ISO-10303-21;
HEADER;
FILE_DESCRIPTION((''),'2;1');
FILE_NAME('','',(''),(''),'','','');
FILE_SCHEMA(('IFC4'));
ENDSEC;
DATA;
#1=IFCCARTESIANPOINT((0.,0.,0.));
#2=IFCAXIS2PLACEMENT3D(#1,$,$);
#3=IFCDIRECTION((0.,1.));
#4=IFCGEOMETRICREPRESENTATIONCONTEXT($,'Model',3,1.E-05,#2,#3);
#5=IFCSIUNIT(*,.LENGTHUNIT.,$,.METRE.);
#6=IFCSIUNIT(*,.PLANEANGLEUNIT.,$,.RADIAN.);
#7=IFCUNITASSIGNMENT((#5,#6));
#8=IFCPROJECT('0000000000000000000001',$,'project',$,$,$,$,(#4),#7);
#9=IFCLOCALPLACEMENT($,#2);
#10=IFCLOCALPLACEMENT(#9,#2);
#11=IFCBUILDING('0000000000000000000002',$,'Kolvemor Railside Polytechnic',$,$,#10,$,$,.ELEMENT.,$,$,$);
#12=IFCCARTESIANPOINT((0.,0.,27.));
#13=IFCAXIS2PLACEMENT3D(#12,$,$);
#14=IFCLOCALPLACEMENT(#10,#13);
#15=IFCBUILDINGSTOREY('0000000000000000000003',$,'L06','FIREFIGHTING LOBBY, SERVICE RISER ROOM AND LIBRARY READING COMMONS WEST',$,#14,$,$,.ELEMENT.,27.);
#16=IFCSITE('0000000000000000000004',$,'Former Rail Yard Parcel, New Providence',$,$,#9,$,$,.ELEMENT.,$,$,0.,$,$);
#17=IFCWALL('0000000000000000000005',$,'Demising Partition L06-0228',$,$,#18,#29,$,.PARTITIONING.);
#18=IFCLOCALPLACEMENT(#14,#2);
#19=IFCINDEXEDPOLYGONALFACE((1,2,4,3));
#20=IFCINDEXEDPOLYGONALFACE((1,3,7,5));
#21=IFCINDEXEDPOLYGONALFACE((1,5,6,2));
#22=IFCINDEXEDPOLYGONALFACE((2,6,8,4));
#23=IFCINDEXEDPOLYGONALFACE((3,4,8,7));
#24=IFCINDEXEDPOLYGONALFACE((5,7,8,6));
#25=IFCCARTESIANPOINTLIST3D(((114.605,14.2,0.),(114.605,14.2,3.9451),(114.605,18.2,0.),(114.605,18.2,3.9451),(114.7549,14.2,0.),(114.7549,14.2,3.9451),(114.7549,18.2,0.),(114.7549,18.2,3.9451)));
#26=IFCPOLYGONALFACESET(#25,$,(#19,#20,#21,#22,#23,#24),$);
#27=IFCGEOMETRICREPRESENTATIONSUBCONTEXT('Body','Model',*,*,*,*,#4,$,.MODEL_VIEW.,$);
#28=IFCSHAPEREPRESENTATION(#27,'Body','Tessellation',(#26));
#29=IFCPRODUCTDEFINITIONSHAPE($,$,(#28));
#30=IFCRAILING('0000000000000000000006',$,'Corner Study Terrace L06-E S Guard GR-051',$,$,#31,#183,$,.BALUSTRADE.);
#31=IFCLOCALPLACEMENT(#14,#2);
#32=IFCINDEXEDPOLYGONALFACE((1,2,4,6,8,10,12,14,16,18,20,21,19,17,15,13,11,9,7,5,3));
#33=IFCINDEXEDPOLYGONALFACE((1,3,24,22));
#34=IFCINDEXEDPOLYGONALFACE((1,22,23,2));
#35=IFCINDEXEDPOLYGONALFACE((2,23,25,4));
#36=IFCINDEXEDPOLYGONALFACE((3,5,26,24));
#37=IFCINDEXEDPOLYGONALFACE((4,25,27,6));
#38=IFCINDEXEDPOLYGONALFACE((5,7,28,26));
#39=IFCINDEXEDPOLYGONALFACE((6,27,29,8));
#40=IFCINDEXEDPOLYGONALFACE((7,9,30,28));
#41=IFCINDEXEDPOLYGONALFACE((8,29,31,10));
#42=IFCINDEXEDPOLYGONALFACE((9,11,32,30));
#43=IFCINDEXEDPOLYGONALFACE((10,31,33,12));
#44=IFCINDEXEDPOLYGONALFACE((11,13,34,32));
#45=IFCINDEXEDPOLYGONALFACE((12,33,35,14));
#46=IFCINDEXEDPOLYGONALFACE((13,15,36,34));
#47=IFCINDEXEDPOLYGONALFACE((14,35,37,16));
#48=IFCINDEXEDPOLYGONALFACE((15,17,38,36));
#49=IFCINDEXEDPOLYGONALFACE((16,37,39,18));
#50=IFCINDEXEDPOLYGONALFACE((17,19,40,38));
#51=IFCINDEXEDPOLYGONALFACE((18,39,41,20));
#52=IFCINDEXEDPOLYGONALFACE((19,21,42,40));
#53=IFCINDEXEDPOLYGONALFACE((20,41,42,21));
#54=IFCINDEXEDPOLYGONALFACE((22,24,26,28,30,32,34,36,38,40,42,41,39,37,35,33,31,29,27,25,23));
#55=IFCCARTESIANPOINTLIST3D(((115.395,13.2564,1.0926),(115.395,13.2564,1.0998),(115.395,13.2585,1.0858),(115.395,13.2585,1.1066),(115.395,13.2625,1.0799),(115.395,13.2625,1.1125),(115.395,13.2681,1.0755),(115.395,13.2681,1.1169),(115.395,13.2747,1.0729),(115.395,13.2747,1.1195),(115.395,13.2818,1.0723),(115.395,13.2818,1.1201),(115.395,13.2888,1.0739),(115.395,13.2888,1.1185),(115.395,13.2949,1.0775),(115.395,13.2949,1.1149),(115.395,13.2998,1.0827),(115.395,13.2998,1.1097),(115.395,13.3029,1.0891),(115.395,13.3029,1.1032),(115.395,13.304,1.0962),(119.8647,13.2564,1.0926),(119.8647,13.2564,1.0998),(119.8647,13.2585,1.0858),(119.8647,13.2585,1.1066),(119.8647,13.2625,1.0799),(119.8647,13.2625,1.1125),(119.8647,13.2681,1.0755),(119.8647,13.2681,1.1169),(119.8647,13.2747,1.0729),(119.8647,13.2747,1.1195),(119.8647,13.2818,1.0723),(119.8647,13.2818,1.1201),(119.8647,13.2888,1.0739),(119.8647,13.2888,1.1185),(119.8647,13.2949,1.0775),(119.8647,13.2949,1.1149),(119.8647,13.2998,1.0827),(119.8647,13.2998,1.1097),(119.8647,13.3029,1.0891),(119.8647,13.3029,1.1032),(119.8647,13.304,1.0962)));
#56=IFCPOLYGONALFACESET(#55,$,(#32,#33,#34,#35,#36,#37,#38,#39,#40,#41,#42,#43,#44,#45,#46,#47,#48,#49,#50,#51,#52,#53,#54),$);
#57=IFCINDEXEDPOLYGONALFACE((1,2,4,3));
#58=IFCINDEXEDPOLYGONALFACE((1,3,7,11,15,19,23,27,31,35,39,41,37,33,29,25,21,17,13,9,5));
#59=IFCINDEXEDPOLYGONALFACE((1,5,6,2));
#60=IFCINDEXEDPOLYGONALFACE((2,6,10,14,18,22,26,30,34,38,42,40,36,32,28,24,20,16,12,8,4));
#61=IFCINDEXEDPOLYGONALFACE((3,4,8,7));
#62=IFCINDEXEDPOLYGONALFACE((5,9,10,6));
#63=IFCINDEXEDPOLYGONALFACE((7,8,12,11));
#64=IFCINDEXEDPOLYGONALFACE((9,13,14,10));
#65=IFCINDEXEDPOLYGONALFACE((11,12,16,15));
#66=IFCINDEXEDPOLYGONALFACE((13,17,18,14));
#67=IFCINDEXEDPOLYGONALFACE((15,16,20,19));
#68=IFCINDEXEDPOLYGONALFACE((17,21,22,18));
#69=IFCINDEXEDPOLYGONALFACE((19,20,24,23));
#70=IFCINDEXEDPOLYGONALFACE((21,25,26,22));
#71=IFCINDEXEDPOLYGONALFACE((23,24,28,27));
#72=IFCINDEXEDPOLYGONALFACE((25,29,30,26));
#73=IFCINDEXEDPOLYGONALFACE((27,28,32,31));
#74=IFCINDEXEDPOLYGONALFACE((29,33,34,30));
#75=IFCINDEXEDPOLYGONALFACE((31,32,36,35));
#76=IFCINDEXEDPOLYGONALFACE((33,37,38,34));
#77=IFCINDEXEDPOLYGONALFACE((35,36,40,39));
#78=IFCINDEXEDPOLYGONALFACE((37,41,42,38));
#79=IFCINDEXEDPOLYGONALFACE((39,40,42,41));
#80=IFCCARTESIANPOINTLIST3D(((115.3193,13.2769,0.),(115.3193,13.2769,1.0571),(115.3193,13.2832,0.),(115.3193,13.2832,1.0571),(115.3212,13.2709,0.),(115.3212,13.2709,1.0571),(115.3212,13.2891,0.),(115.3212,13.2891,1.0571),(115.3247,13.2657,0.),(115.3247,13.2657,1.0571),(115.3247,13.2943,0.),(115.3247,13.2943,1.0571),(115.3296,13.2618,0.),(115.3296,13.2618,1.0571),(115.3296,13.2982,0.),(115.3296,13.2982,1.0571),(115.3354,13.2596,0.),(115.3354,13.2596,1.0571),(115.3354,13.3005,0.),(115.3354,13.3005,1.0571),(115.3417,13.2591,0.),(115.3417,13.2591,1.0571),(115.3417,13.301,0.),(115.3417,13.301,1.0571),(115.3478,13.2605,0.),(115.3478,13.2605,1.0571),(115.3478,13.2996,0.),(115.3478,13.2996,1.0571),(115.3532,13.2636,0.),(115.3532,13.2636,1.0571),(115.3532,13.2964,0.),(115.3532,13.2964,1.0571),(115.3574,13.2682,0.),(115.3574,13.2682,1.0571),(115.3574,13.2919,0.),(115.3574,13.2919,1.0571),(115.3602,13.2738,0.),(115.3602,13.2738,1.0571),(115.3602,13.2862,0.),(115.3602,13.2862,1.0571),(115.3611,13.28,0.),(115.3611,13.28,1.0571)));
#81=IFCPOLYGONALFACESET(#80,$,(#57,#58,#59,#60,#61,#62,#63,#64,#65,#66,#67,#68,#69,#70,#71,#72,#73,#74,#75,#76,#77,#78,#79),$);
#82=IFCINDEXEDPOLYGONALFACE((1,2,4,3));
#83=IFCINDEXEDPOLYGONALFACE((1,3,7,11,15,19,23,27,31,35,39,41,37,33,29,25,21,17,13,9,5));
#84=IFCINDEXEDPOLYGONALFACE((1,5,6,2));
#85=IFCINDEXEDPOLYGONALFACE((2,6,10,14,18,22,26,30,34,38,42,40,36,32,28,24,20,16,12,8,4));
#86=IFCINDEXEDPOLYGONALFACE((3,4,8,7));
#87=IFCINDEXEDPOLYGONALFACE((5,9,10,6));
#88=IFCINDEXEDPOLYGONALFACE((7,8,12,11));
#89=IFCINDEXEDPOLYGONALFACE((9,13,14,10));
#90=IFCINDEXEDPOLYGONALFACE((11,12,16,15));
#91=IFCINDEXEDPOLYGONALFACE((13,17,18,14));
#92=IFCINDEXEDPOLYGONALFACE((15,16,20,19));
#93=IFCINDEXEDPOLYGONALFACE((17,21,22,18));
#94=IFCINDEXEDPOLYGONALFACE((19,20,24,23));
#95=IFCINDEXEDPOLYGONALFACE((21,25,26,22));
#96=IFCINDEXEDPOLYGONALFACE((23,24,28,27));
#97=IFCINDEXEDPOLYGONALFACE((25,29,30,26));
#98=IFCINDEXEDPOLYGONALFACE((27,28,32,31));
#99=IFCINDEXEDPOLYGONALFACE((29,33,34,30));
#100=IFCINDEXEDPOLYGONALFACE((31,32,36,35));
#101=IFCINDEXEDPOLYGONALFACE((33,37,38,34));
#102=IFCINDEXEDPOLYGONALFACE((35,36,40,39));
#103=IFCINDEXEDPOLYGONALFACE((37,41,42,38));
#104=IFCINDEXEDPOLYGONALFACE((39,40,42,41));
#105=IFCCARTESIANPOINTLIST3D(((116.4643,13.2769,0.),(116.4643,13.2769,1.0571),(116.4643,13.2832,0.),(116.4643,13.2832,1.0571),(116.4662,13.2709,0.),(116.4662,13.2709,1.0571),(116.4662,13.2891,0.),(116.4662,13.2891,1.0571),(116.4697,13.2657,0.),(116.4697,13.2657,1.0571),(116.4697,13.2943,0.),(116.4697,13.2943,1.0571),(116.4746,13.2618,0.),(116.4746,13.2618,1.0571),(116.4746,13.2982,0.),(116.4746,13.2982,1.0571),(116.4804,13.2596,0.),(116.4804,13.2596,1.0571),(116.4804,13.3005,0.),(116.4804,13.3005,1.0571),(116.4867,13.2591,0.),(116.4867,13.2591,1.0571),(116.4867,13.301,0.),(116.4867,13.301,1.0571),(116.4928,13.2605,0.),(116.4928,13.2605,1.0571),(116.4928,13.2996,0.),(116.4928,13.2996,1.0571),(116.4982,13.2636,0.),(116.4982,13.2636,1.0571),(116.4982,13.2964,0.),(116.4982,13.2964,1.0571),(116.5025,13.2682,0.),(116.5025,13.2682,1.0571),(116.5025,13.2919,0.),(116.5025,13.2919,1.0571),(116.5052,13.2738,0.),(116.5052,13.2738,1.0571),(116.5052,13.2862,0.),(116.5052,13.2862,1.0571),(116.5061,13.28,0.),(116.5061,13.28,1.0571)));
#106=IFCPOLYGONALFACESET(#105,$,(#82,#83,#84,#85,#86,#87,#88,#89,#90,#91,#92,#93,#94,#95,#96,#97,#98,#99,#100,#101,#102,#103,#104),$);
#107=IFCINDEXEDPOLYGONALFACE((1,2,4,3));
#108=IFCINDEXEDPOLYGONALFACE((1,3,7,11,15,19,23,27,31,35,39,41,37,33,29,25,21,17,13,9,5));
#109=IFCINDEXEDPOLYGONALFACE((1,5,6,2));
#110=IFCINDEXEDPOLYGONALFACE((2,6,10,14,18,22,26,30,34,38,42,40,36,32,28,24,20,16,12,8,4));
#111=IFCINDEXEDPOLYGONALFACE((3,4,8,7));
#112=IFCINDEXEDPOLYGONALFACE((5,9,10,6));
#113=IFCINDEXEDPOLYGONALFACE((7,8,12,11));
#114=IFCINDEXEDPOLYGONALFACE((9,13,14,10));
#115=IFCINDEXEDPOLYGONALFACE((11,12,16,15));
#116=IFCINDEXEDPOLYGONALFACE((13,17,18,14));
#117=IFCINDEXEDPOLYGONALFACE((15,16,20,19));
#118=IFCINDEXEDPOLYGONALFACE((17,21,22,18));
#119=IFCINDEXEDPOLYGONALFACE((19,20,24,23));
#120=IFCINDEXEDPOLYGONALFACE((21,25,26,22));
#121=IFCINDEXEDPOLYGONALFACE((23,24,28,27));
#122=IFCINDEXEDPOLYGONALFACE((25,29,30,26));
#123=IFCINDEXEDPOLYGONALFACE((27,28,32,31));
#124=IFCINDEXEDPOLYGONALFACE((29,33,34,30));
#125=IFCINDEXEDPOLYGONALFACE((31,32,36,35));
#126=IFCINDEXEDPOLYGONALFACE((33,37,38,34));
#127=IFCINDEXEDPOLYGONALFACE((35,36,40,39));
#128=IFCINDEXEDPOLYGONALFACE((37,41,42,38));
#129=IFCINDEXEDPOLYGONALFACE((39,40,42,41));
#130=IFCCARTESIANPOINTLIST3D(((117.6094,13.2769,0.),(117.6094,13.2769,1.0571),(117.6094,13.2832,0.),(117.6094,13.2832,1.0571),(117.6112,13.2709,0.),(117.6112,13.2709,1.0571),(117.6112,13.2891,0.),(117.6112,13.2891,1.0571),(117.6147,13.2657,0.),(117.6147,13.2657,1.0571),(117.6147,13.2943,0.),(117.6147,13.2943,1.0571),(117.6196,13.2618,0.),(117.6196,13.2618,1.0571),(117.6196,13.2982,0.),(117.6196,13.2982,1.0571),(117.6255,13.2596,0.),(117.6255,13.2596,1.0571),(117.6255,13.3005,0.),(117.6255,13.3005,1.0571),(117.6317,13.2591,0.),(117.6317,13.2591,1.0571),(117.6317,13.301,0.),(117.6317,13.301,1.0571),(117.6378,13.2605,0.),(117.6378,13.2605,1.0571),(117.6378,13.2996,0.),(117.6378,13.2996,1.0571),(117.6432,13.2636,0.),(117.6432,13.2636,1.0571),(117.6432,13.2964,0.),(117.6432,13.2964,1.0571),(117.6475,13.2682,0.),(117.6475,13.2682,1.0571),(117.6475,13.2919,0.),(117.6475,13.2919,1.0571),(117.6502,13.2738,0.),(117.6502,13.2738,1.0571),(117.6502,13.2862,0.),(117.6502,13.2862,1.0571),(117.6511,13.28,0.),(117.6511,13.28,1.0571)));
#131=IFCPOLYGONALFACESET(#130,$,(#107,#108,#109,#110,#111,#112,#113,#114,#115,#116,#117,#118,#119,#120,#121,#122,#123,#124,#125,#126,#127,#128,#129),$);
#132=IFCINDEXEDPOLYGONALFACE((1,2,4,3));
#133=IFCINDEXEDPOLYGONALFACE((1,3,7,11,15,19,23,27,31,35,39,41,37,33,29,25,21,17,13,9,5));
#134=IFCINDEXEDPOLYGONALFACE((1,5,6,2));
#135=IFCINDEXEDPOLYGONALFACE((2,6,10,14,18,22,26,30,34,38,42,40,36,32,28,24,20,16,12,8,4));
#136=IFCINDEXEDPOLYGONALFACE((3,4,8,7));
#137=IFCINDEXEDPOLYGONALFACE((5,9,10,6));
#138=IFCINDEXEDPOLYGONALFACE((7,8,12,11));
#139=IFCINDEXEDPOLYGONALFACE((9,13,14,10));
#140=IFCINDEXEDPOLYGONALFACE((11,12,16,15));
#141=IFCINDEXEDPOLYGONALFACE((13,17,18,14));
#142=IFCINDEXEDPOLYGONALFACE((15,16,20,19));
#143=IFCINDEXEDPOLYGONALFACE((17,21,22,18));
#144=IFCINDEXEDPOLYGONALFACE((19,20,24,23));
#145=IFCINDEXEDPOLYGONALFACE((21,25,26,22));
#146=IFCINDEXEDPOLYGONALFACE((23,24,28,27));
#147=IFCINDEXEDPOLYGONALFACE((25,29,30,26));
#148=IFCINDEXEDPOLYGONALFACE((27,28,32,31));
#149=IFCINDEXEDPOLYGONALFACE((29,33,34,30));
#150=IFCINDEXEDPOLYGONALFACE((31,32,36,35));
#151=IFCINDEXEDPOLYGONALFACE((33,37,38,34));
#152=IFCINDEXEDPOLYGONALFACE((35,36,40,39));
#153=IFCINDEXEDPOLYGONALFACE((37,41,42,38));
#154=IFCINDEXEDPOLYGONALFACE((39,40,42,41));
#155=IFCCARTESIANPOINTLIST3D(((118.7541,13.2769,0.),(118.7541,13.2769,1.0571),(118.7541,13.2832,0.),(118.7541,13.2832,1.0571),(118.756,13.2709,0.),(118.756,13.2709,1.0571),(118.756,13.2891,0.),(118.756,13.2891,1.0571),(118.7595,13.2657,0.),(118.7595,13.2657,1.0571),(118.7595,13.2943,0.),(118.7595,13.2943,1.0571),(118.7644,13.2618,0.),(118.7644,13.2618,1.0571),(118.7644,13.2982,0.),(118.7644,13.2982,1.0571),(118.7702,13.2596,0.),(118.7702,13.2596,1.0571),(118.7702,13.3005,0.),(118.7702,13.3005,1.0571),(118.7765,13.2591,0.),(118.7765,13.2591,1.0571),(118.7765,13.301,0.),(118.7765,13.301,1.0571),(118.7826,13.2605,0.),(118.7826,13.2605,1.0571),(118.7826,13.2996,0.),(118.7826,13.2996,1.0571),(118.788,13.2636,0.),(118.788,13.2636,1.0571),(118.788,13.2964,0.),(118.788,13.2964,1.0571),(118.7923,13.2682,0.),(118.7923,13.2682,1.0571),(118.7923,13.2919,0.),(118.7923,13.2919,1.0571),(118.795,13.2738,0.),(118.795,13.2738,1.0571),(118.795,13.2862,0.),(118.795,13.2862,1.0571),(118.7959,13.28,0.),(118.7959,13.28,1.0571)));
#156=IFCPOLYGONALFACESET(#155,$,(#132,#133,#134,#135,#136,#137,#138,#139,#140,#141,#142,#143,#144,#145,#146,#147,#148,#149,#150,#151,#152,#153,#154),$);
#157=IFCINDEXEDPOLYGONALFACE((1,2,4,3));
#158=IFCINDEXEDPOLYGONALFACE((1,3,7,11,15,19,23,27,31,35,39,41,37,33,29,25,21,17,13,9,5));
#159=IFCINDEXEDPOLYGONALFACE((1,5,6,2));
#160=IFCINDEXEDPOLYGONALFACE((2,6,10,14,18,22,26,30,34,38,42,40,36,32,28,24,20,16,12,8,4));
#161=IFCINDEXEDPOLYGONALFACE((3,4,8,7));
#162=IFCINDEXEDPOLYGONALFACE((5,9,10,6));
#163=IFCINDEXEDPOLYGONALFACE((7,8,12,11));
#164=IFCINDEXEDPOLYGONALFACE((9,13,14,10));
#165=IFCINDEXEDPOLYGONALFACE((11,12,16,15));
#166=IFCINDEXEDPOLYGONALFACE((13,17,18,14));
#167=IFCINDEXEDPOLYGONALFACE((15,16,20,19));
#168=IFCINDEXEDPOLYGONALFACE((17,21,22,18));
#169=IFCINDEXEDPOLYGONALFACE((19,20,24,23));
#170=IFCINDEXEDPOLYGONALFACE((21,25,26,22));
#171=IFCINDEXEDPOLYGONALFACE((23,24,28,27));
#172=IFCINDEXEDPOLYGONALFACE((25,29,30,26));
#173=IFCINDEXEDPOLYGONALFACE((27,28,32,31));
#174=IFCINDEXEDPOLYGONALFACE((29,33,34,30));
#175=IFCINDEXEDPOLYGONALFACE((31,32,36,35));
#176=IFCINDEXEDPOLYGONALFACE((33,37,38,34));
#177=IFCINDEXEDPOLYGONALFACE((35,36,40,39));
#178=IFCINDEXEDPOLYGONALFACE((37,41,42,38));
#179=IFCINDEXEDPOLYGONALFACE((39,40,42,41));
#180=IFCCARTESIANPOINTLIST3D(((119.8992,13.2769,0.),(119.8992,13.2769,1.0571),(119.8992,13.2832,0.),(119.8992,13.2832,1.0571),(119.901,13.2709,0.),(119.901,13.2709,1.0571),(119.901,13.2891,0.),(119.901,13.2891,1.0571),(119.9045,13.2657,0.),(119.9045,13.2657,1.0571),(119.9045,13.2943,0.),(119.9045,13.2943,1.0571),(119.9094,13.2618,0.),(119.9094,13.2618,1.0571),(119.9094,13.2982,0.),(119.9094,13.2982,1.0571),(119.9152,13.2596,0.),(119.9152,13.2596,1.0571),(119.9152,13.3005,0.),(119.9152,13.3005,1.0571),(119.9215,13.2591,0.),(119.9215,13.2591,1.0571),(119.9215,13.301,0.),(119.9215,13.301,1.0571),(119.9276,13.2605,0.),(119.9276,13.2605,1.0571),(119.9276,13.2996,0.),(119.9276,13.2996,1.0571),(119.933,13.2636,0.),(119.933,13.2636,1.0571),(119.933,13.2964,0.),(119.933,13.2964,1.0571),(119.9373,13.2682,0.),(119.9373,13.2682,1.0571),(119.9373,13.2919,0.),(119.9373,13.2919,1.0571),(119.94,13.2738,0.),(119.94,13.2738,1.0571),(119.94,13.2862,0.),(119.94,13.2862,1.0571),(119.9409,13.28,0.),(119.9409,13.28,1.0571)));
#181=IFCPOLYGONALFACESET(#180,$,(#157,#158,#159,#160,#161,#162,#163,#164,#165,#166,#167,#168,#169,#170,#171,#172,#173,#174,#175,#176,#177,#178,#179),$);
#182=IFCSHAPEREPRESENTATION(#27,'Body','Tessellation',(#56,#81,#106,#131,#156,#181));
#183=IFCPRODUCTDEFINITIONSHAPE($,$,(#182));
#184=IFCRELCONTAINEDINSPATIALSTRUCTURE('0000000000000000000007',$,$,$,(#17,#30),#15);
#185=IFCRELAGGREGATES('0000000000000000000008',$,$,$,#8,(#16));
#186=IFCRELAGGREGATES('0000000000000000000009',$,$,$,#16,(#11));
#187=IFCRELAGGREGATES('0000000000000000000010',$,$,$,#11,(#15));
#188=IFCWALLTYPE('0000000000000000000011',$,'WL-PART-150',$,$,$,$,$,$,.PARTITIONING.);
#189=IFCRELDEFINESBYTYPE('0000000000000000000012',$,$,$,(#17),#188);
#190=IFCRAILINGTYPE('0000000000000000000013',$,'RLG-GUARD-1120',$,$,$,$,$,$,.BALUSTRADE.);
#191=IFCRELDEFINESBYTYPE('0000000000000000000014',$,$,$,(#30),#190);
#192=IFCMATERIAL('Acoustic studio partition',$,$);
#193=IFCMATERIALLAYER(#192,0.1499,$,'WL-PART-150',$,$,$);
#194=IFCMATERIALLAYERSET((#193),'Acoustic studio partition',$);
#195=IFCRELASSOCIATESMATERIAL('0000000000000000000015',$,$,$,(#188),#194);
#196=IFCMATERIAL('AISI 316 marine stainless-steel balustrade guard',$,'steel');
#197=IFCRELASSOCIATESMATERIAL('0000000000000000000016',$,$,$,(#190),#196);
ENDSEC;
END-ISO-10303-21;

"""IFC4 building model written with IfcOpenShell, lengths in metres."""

from ifc_helpers import new_model, si_unit, direction, frame, frame_2d, origin, origin_2d, place, context, subcontext, project, spatial, rectangle, circle, extrude, material, layer, layer_set, type_object, element, save


model = new_model("IFC4")

# Units and contexts
model_context = context("Model", 3, precision=1e-05, world=origin(), true_north=direction((0.0, 1.0)))
body_context = subcontext(model_context, "Body", "Model", "MODEL_VIEW")
ifc_project = project(units=[si_unit("LENGTHUNIT", "METRE"), si_unit("PLANEANGLEUNIT", "RADIAN")], contexts=[model_context])

# Site, building, storey
site_placement = place(None, origin())
site = spatial("IfcSite", under=ifc_project, at=site_placement, Name="Former Rail Yard Parcel, New Providence", CompositionType="ELEMENT", RefElevation=0.0)
building_placement = place(site_placement, origin())
building = spatial("IfcBuilding", under=site, at=building_placement, Name="Kolvemor Railside Polytechnic", CompositionType="ELEMENT")
storey_placement = place(building_placement, frame((0.0, 0.0, 27.0)))
storey = spatial("IfcBuildingStorey", under=building, at=storey_placement, Name="L06", Description="FIREFIGHTING LOBBY, SERVICE RISER ROOM AND LIBRARY READING COMMONS WEST", CompositionType="ELEMENT", Elevation=27.0)

# Wall
ifc_material_1 = material(Name="Acoustic studio partition")
ifc_layer_1 = layer(ifc_material_1, 0.1499, Name="WL-PART-150")
ifc_layer_set_1 = layer_set([ifc_layer_1], Name="Acoustic studio partition")
wall_type_1 = type_object("IfcWallType", Name="WL-PART-150", PredefinedType="PARTITIONING", material=ifc_layer_set_1)
wall_1_placement = place(storey_placement, frame((114.6799, 14.2, 0.0), z_axis=(0.0, 0.0, 1.0), x_axis=(0.0, 1.0, 0.0)))
element("IfcWall", 1, at=wall_1_placement, inside=storey, type_object=wall_type_1, Name="Demising Partition L06-0228", PredefinedType="PARTITIONING", context=body_context, shape_type="SweptSolid", body=[
    extrude(rectangle(XDim=4.0, YDim=0.1499, at=frame_2d((2.0, 0.0))), origin(), (0.0, 0.0, 1.0), 3.9451),
])

# Railing
ifc_material_2 = material(Name="AISI 316 marine stainless-steel balustrade guard", Category="steel")
railing_type = type_object("IfcRailingType", Name="RLG-GUARD-1120", PredefinedType="BALUSTRADE", material=ifc_material_2)
railing_1_placement = place(storey_placement, frame((115.3401, 13.28, 0.0)))
element("IfcRailing", 2, at=railing_1_placement, inside=storey, type_object=railing_type, Name="Corner Study Terrace L06-E S Guard GR-051", PredefinedType="BALUSTRADE", context=body_context, shape_type="SweptSolid", body=[
    extrude(circle(Radius=0.0239, at=origin_2d()), frame((0.0549, 0.0, 1.0962), z_axis=(1.0, 0.0, 0.0), x_axis=(0.0, 1.0, 0.0)), (0.0, 0.0, 1.0), 4.4697),
    extrude(circle(Radius=0.021, at=origin_2d()), origin(), (0.0, 0.0, 1.0), 1.0571),
    extrude(circle(Radius=0.021, at=origin_2d()), frame((1.145, 0.0, 0.0)), (0.0, 0.0, 1.0), 1.0571),
    extrude(circle(Radius=0.021, at=origin_2d()), frame((2.29, 0.0, 0.0)), (0.0, 0.0, 1.0), 1.0571),
    extrude(circle(Radius=0.021, at=origin_2d()), frame((3.4348, 0.0, 0.0)), (0.0, 0.0, 1.0), 1.0571),
    extrude(circle(Radius=0.021, at=origin_2d()), frame((4.5798, 0.0, 0.0)), (0.0, 0.0, 1.0), 1.0571),
])

save(model, "model.ifc")
